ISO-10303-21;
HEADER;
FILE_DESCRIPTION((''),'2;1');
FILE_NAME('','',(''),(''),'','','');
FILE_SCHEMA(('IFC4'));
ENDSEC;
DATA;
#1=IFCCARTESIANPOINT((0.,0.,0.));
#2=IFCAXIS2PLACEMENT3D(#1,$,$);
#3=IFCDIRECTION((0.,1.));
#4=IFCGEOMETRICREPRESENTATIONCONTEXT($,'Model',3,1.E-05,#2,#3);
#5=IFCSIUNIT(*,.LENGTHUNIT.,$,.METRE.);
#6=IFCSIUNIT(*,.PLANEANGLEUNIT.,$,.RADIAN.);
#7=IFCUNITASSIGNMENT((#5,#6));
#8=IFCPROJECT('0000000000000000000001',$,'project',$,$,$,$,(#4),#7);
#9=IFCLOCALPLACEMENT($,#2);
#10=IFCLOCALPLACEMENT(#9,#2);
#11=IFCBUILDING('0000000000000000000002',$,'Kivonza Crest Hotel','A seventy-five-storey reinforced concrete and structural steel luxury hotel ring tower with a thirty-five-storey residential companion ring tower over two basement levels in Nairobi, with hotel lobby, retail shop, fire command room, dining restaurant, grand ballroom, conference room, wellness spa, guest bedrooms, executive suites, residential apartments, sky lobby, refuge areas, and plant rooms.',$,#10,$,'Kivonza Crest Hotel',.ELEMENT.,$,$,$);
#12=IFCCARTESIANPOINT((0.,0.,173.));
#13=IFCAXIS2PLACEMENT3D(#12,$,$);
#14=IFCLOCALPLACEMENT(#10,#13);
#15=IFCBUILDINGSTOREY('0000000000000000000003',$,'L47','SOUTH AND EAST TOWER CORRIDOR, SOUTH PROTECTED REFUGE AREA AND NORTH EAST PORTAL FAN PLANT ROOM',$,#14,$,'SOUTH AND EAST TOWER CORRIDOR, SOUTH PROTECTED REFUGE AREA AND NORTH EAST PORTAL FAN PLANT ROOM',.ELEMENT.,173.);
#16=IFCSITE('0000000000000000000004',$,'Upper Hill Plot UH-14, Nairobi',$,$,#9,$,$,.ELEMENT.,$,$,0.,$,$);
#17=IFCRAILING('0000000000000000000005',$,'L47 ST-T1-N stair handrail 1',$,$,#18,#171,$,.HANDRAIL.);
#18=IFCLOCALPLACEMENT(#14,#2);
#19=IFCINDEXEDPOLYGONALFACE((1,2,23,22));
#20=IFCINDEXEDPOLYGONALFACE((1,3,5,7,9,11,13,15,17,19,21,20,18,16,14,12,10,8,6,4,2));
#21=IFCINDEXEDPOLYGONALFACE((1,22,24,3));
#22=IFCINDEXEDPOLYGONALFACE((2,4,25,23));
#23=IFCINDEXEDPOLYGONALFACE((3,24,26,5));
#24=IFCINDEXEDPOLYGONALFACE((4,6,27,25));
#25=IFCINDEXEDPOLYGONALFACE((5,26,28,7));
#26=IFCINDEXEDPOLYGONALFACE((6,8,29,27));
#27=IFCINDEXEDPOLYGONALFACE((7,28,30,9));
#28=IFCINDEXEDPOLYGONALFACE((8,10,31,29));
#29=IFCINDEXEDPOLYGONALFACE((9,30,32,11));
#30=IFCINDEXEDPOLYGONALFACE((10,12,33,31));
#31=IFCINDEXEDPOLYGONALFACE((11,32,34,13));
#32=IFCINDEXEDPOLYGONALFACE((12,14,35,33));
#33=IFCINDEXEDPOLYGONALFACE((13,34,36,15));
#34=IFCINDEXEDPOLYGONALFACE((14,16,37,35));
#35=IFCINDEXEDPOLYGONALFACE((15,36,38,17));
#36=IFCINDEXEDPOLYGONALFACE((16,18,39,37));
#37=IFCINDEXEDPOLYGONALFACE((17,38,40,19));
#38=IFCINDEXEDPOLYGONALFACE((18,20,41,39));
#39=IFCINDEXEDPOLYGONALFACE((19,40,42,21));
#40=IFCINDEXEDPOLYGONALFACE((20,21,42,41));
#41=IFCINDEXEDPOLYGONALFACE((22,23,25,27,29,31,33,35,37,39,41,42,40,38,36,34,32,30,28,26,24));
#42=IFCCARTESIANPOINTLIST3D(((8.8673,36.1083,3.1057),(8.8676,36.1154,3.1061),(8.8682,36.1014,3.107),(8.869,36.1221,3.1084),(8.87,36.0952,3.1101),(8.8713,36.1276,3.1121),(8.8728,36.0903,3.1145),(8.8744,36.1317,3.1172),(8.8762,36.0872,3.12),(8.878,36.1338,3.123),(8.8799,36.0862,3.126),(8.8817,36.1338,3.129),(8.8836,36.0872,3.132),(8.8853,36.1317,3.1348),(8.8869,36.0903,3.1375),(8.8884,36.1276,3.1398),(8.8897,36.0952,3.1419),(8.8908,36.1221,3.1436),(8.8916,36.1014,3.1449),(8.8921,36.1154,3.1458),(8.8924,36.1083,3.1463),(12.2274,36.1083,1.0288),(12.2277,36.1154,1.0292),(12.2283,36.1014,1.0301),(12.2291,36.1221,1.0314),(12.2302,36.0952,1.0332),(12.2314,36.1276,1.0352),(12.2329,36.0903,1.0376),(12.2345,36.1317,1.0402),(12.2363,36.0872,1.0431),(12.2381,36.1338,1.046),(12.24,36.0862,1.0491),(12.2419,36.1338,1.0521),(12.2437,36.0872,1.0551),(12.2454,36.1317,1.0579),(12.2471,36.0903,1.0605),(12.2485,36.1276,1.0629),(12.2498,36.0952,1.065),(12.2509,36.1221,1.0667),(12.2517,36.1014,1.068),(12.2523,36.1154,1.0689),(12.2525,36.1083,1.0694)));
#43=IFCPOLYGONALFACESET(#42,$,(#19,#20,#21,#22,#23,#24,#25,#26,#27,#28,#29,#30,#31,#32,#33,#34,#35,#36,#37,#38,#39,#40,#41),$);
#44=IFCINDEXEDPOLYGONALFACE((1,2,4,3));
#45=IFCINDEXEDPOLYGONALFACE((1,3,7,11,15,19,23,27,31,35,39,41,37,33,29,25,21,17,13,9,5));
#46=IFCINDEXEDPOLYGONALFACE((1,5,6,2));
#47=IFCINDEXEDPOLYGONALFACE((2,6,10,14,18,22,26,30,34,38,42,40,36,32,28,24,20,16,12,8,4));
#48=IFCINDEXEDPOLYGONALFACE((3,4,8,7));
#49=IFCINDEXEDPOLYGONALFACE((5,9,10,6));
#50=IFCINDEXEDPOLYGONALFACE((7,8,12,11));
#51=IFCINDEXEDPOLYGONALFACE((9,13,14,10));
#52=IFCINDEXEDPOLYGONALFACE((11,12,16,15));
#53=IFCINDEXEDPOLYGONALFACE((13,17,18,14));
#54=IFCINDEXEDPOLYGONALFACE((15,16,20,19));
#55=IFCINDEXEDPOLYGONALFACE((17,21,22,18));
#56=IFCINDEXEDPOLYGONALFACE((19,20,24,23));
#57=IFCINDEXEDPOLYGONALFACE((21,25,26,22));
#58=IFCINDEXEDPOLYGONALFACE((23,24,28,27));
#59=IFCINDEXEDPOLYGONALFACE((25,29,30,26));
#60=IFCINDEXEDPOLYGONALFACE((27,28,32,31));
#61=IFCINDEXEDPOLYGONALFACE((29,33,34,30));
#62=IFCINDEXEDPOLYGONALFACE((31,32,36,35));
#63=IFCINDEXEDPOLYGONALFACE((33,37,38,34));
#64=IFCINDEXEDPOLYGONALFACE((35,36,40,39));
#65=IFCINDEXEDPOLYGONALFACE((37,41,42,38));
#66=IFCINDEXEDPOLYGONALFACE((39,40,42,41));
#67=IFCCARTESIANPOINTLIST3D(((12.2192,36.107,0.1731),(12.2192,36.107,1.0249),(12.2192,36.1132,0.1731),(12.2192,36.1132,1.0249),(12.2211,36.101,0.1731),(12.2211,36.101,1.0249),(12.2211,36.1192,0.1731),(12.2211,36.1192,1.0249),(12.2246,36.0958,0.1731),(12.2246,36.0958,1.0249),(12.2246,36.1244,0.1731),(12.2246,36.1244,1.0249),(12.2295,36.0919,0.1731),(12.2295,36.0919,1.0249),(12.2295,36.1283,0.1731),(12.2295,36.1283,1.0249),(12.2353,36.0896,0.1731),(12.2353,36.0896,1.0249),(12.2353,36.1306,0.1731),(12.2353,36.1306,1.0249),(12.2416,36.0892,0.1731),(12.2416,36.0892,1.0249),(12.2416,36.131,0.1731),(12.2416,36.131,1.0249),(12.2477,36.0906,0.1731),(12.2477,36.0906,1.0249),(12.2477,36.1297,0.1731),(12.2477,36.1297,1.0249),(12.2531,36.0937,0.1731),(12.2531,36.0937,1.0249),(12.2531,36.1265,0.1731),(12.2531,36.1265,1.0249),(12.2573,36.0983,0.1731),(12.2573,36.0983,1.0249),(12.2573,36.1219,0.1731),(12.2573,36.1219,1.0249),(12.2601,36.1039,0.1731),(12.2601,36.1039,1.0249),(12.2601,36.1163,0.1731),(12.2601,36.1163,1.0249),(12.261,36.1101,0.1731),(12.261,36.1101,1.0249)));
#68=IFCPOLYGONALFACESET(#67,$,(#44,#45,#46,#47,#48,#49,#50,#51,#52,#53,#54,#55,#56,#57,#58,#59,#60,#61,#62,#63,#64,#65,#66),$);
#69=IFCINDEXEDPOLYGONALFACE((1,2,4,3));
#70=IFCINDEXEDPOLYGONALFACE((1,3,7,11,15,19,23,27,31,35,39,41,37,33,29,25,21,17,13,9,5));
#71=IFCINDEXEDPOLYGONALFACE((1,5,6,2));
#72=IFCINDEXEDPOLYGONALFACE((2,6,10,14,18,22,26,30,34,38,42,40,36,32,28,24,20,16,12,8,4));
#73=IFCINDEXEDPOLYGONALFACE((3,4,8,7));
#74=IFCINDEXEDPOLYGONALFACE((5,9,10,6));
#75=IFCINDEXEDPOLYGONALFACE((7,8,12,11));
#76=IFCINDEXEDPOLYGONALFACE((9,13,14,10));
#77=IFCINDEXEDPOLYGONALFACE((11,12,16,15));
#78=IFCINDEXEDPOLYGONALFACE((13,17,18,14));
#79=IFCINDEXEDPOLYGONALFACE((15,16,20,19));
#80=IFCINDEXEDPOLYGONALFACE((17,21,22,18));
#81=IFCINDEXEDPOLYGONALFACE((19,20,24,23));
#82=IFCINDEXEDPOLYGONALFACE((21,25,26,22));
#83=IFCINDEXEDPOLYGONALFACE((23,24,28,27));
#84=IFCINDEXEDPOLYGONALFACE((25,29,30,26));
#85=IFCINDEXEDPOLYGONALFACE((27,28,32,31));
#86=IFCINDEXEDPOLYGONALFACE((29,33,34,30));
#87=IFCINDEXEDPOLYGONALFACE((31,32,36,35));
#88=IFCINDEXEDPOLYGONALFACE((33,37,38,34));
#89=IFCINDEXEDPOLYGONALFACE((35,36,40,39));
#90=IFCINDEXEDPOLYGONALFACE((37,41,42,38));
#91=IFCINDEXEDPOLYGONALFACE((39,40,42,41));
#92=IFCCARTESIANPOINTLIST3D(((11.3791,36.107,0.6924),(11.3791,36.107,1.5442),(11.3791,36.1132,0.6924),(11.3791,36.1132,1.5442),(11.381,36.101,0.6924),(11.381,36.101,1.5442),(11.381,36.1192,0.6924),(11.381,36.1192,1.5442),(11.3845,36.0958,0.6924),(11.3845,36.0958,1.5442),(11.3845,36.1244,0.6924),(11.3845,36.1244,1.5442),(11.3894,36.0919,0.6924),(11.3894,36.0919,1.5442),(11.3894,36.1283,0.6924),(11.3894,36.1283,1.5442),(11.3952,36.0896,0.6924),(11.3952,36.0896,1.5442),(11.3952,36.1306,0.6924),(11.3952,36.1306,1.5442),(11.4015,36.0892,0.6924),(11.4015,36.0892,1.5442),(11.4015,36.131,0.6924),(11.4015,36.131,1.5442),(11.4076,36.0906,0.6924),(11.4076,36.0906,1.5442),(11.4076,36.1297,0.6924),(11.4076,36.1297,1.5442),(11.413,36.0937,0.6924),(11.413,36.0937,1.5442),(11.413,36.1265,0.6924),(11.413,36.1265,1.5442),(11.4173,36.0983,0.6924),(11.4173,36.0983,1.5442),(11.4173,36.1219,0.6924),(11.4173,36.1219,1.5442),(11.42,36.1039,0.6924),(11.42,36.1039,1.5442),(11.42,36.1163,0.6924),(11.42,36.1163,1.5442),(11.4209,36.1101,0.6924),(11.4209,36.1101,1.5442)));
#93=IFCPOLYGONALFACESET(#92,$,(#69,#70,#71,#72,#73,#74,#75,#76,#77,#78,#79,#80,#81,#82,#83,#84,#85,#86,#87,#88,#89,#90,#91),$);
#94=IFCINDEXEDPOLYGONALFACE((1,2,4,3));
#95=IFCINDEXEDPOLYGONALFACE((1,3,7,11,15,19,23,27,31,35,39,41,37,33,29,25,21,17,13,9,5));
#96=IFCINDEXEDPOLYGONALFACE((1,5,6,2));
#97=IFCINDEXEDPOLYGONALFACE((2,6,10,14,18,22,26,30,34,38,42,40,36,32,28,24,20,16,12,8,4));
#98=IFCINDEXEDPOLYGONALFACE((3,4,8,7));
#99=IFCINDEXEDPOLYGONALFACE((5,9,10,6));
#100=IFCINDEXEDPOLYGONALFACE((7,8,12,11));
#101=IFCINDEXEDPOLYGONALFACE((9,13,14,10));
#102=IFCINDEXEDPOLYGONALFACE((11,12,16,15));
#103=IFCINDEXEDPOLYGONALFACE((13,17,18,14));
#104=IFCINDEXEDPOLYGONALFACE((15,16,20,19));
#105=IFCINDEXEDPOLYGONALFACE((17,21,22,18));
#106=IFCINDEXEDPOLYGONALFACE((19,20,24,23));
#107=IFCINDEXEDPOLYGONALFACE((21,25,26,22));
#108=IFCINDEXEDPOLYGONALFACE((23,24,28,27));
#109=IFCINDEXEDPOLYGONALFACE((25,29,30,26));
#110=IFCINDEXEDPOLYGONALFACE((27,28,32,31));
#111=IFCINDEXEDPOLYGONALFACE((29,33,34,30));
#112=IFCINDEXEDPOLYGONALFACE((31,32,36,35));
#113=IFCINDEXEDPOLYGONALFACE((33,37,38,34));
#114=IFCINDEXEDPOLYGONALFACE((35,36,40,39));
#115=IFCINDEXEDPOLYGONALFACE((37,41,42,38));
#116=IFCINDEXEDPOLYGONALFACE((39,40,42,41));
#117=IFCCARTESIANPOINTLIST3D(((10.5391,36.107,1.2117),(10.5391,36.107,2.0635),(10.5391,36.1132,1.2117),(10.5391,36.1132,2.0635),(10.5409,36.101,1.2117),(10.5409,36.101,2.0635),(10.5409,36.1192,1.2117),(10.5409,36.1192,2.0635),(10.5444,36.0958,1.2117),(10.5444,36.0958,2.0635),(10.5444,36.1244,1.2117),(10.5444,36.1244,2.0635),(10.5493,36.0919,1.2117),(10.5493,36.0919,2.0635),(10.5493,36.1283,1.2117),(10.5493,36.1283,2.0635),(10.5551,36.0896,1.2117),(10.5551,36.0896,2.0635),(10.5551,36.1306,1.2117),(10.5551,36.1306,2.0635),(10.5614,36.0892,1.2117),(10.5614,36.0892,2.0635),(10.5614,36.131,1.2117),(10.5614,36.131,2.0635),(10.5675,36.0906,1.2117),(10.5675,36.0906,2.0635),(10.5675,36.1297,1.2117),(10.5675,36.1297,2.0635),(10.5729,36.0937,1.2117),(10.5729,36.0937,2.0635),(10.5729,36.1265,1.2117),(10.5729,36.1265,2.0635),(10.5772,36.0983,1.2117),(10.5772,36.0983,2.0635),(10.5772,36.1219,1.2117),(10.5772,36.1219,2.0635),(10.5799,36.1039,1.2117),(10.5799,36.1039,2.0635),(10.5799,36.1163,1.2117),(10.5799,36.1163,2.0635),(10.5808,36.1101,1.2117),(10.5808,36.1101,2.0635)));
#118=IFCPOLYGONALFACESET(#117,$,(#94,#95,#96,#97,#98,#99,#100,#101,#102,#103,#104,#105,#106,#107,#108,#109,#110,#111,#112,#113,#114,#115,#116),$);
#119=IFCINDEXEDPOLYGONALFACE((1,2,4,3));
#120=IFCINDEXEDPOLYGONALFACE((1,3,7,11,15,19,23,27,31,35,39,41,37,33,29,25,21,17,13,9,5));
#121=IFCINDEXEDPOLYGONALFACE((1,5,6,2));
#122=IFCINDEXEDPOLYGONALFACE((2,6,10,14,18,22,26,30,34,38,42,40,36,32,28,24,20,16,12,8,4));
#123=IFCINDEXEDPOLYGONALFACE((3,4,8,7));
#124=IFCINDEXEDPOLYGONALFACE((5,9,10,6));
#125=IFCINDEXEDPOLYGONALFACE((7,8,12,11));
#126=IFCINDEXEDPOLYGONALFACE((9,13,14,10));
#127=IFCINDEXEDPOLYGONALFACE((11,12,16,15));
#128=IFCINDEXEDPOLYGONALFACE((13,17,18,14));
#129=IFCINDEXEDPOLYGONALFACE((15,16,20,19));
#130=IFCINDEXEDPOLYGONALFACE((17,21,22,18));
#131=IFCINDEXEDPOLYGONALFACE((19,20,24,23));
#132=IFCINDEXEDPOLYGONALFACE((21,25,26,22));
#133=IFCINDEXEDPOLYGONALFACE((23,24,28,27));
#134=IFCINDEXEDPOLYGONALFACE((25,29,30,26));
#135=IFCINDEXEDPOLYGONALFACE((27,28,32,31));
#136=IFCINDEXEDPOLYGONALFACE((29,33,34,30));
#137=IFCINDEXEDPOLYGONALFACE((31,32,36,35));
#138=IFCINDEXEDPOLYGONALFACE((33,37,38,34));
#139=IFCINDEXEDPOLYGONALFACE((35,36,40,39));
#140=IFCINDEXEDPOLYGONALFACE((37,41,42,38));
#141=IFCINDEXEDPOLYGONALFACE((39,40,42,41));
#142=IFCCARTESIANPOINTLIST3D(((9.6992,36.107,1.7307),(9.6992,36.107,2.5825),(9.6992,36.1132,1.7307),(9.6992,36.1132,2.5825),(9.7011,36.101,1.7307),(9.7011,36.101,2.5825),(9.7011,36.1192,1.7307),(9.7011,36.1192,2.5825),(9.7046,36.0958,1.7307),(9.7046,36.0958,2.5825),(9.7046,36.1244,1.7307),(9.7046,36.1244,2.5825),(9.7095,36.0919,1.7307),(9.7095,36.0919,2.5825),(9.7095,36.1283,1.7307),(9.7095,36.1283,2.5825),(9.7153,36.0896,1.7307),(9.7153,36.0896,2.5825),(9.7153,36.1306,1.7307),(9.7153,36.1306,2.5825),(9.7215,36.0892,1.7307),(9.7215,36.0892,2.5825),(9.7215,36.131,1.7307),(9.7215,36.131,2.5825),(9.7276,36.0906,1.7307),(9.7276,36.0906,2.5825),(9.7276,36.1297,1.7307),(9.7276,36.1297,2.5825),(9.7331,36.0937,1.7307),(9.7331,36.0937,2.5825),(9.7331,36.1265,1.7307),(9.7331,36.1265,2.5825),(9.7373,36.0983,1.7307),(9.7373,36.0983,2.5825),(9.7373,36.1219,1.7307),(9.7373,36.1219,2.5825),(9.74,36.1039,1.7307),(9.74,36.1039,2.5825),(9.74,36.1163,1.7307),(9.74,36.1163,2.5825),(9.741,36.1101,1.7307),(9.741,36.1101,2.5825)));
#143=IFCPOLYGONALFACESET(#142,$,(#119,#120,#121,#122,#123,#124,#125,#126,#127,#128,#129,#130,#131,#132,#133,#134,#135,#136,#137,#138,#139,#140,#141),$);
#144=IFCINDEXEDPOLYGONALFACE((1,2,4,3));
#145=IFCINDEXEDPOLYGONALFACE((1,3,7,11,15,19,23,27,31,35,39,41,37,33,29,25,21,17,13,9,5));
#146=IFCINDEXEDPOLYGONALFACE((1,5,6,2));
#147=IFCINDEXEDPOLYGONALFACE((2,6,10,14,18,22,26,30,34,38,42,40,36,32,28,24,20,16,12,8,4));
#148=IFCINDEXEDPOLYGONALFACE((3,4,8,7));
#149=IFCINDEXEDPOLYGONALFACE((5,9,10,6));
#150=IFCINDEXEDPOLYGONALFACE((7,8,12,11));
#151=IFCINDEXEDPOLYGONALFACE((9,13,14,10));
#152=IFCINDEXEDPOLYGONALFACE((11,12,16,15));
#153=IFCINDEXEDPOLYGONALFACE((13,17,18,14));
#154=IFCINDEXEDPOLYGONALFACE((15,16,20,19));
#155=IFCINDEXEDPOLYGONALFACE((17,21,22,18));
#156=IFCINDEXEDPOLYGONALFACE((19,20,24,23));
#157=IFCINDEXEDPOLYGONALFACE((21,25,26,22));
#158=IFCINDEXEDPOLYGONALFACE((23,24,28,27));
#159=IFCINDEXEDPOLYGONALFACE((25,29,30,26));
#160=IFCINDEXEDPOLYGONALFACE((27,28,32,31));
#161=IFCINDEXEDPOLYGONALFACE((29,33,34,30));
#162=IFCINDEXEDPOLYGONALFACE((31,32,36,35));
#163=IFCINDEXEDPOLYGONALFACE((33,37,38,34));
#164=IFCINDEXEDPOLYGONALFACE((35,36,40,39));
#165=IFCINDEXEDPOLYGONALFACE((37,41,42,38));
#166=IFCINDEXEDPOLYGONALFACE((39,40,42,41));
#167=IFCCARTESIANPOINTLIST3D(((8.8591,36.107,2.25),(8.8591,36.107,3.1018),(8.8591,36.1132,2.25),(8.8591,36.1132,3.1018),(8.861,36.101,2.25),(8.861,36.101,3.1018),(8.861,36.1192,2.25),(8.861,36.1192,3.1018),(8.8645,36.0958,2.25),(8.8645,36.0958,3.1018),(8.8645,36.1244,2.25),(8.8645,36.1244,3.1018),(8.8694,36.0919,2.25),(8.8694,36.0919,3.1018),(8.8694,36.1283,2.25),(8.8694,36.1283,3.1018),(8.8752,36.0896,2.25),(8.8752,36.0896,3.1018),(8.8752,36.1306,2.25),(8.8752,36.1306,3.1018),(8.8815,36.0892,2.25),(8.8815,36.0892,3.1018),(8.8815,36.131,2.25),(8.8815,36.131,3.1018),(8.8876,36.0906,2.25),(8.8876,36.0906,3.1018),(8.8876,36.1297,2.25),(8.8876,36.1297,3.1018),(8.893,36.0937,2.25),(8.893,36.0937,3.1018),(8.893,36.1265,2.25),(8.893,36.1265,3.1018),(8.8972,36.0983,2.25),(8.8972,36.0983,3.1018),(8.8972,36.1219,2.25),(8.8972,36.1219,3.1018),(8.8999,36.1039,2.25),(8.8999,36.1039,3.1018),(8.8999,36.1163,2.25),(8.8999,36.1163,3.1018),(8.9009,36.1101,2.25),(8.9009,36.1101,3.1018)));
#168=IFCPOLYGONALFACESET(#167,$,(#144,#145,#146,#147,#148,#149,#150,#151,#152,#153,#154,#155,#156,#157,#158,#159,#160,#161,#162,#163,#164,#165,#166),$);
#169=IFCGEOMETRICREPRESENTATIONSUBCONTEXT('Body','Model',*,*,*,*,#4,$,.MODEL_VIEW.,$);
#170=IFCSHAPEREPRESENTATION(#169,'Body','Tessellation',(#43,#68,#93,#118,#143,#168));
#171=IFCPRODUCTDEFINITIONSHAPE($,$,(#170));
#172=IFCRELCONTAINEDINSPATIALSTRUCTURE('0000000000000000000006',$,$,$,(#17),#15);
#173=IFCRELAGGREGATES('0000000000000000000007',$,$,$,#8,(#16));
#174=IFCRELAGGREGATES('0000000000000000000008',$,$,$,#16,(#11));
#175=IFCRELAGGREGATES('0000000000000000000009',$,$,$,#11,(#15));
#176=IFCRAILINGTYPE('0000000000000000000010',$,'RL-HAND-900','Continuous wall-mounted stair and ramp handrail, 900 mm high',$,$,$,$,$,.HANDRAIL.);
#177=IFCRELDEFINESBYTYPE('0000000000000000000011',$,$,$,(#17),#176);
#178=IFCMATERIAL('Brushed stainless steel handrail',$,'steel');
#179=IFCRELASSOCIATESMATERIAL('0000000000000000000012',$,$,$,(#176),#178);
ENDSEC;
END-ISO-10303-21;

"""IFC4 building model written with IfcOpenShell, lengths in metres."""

from ifc_helpers import new_model, si_unit, direction, frame, origin, origin_2d, place, context, subcontext, project, spatial, circle, extrude, material, type_object, element, save


model = new_model("IFC4")

# Units and contexts
model_context = context("Model", 3, precision=1e-05, world=origin(), true_north=direction((0.0, 1.0)))
body_context = subcontext(model_context, "Body", "Model", "MODEL_VIEW")
ifc_project = project(units=[si_unit("LENGTHUNIT", "METRE"), si_unit("PLANEANGLEUNIT", "RADIAN")], contexts=[model_context])

# Site, building, storey
site_placement = place(None, origin())
site = spatial("IfcSite", under=ifc_project, at=site_placement, Name="Upper Hill Plot UH-14, Nairobi", CompositionType="ELEMENT", RefElevation=0.0)
building_placement = place(site_placement, origin())
building = spatial("IfcBuilding", under=site, at=building_placement, Name="Kivonza Crest Hotel", Description="A seventy-five-storey reinforced concrete and structural steel luxury hotel ring tower with a thirty-five-storey residential companion ring tower over two basement levels in Nairobi, with hotel lobby, retail shop, fire command room, dining restaurant, grand ballroom, conference room, wellness spa, guest bedrooms, executive suites, residential apartments, sky lobby, refuge areas, and plant rooms.", LongName="Kivonza Crest Hotel", CompositionType="ELEMENT")
storey_placement = place(building_placement, frame((0.0, 0.0, 173.0)))
storey = spatial("IfcBuildingStorey", under=building, at=storey_placement, Name="L47", Description="SOUTH AND EAST TOWER CORRIDOR, SOUTH PROTECTED REFUGE AREA AND NORTH EAST PORTAL FAN PLANT ROOM", LongName="SOUTH AND EAST TOWER CORRIDOR, SOUTH PROTECTED REFUGE AREA AND NORTH EAST PORTAL FAN PLANT ROOM", CompositionType="ELEMENT", Elevation=173.0)

# Railing
ifc_material_1 = material(Name="Brushed stainless steel handrail", Category="steel")
railing_type_1 = type_object("IfcRailingType", Name="RL-HAND-900", Description="Continuous wall-mounted stair and ramp handrail, 900 mm high", PredefinedType="HANDRAIL", material=ifc_material_1)
railing_1_placement = place(storey_placement, frame((12.24, 36.1101, 0.1731)))
element("IfcRailing", 1, at=railing_1_placement, inside=storey, type_object=railing_type_1, Name="L47 ST-T1-N stair handrail 1", PredefinedType="HANDRAIL", context=body_context, shape_type="SweptSolid", body=[
    extrude(circle(Radius=0.0239, at=origin_2d()), frame((0.0, 0.0, 0.876), z_axis=(-0.850623, 0.0, 0.525776), x_axis=(0.0, -1.0, 0.0)), (0.0, 0.0, 1.0), 3.9502),
    extrude(circle(Radius=0.021, at=origin_2d()), origin(), (0.0, 0.0, 1.0), 0.8518),
    extrude(circle(Radius=0.021, at=origin_2d()), frame((-0.8401, 0.0, 0.5193)), (0.0, 0.0, 1.0), 0.8518),
    extrude(circle(Radius=0.021, at=origin_2d()), frame((-1.6802, 0.0, 1.0386)), (0.0, 0.0, 1.0), 0.8518),
    extrude(circle(Radius=0.021, at=origin_2d()), frame((-2.52, 0.0, 1.5576)), (0.0, 0.0, 1.0), 0.8518),
    extrude(circle(Radius=0.021, at=origin_2d()), frame((-3.3601, 0.0, 2.0769)), (0.0, 0.0, 1.0), 0.8518),
])

save(model, "model.ifc")
